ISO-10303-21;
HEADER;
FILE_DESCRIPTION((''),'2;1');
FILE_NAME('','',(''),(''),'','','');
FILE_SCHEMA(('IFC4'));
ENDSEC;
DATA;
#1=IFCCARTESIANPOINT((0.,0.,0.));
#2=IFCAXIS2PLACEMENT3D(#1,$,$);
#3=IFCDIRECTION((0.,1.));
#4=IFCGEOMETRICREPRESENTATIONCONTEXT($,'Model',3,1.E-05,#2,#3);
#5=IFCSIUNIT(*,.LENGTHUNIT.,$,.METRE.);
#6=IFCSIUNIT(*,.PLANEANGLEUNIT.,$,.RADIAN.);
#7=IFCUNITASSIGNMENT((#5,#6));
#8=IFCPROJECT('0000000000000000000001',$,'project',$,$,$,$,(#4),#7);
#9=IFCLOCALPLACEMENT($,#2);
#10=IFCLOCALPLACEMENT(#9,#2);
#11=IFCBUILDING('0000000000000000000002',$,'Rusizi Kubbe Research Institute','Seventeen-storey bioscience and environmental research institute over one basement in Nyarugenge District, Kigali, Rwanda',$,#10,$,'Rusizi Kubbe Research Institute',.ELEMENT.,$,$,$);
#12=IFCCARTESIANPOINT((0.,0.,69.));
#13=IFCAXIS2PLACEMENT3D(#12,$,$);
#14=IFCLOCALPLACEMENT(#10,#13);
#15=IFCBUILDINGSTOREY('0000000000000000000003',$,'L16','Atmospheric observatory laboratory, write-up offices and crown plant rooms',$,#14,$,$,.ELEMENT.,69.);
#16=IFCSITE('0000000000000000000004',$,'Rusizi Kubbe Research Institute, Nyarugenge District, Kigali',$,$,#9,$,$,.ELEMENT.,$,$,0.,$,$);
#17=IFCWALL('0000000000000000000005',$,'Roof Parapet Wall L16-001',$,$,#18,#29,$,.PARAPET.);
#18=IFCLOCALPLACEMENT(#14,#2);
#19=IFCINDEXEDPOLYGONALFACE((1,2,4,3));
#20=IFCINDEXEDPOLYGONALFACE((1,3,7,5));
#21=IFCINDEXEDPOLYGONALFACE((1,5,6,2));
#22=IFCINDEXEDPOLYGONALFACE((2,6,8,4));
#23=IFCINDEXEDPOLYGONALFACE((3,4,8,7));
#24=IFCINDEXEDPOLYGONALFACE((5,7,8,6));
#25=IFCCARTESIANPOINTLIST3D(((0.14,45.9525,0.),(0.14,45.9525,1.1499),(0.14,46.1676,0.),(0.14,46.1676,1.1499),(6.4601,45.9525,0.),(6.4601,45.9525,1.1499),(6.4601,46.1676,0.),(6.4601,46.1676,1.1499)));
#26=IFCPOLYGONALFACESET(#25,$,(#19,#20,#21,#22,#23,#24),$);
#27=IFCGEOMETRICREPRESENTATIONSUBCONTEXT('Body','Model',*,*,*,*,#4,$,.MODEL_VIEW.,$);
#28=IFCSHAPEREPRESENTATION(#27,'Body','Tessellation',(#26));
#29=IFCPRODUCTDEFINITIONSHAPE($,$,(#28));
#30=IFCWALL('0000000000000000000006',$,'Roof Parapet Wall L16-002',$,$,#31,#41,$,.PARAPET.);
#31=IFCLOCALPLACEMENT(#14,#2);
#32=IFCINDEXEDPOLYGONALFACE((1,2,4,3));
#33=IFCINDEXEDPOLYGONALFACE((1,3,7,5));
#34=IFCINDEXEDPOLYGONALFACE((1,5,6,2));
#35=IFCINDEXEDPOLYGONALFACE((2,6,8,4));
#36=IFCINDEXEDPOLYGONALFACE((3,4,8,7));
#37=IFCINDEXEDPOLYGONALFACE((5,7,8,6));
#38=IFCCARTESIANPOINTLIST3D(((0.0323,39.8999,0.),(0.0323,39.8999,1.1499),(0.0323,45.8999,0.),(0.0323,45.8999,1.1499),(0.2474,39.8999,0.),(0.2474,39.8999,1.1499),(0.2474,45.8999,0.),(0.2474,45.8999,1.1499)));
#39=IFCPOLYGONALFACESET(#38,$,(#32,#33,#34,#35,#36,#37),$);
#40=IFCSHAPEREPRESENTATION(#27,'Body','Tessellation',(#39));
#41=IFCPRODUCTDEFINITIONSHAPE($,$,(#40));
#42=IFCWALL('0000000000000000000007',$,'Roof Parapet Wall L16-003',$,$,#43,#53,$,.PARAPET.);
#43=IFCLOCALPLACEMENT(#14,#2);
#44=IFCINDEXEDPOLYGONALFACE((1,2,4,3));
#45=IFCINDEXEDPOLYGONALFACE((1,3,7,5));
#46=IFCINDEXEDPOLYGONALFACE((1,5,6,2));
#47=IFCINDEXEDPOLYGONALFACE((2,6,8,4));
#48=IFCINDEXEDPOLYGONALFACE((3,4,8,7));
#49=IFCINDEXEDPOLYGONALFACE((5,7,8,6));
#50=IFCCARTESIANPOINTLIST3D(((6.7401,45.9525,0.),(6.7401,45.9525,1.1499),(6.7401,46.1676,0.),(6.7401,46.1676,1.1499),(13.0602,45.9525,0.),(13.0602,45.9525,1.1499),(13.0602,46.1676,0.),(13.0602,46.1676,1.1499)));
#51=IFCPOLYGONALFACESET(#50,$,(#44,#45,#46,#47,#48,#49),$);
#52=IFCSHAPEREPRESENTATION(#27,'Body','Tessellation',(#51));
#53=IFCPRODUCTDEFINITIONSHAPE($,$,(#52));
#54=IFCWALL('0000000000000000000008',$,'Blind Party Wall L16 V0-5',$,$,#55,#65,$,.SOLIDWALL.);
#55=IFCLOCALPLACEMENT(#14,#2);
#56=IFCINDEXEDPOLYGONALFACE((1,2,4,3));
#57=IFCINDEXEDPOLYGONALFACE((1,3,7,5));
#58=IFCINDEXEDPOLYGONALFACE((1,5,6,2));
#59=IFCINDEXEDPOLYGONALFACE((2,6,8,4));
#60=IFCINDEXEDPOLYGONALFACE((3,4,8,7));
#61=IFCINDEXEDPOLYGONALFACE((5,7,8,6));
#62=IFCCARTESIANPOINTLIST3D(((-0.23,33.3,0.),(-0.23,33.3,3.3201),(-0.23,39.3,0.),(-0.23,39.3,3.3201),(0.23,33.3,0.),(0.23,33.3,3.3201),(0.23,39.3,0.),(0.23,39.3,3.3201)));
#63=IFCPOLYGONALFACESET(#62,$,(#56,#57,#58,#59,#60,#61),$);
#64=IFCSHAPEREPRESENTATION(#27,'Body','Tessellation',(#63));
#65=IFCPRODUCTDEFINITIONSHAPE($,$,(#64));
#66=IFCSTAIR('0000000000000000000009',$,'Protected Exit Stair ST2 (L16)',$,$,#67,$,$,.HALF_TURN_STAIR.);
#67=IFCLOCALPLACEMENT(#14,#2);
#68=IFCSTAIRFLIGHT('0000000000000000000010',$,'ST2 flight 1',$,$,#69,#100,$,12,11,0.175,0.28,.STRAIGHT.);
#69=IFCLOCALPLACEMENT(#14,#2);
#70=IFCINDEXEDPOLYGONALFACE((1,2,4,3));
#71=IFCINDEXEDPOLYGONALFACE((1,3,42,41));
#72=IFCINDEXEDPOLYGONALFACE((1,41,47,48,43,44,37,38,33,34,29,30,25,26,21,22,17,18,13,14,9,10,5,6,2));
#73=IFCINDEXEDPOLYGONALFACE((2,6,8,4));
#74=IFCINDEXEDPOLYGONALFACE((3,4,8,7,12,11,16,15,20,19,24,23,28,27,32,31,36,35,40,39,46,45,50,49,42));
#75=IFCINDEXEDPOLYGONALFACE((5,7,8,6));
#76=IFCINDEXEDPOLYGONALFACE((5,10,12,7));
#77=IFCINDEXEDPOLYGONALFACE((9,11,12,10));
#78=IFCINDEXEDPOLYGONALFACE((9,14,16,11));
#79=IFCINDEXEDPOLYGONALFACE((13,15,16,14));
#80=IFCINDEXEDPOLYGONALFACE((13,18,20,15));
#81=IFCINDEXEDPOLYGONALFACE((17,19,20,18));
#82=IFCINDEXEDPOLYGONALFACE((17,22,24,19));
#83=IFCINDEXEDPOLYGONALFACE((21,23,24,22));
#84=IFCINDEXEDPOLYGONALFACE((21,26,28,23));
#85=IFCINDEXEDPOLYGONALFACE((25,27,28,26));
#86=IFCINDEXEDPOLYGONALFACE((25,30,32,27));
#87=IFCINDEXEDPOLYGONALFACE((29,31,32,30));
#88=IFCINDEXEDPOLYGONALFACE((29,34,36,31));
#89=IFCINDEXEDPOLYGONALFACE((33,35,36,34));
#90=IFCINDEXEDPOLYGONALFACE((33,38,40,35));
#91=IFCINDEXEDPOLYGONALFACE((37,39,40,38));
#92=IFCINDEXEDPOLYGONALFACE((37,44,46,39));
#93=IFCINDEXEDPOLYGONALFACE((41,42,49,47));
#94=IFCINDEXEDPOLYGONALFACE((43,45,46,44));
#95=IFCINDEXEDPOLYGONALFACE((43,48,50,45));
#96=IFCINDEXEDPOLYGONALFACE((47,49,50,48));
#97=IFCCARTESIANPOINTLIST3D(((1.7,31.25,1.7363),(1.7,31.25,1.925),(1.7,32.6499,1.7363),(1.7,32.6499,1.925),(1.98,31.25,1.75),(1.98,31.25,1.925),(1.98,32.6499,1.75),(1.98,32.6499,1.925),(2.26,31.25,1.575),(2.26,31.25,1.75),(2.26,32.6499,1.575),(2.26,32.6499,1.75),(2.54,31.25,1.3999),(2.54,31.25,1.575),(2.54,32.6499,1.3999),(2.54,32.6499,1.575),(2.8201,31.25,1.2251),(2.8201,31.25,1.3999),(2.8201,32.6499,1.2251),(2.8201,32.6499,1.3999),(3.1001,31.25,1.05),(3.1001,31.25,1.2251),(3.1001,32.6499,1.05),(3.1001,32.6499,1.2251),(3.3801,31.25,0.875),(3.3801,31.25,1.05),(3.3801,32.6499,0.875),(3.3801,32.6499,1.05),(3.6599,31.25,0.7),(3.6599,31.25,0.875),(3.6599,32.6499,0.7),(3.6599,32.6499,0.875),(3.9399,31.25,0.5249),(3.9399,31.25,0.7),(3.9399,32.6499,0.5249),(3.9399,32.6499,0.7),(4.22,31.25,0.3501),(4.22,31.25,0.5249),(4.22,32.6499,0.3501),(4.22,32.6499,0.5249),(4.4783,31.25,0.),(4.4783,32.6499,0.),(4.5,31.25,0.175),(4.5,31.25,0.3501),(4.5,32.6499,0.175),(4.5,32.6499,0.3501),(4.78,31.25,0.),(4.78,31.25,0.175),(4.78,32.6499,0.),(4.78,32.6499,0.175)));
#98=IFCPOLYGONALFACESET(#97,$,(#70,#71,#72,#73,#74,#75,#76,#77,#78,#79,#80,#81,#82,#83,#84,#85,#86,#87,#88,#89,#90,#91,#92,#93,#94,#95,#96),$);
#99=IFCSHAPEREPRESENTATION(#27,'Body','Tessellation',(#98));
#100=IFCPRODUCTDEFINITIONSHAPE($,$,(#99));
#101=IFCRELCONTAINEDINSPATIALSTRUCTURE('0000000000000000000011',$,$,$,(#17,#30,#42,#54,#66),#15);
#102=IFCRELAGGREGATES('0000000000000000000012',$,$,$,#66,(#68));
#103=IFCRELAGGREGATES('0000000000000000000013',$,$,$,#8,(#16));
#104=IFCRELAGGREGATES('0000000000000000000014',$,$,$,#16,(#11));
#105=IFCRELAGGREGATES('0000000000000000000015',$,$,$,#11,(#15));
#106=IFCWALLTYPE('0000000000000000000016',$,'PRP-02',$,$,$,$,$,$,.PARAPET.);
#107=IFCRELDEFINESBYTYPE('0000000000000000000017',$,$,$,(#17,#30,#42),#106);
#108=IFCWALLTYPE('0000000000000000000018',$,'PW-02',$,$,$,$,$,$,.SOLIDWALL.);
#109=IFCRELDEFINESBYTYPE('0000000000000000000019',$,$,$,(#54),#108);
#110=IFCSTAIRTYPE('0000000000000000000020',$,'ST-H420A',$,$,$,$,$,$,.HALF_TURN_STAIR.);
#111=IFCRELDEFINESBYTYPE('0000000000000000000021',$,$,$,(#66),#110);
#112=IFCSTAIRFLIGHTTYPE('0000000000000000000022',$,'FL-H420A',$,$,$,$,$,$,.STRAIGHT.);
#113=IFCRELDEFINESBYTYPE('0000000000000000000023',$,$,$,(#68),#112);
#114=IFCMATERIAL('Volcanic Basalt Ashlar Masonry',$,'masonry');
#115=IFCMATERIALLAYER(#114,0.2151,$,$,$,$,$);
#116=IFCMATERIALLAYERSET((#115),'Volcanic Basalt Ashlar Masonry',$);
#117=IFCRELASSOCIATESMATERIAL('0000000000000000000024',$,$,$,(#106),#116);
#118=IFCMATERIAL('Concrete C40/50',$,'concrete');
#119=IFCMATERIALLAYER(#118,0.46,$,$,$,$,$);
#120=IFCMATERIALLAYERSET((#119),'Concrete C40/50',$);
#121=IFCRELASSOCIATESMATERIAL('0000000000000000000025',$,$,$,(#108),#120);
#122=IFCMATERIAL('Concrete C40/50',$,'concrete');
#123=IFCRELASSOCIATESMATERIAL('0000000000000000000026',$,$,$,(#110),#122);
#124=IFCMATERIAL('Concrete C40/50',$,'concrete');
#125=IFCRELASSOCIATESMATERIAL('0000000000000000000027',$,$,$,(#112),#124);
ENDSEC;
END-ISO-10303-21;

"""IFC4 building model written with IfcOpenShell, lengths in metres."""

from ifc_helpers import new_model, si_unit, direction, frame, frame_2d, origin, place, context, subcontext, project, spatial, polyline, rectangle, outline, extrude, material, layer, layer_set, type_object, element, aggregate, save


model = new_model("IFC4")

# Units and contexts
model_context = context("Model", 3, precision=1e-05, world=origin(), true_north=direction((0.0, 1.0)))
body_context = subcontext(model_context, "Body", "Model", "MODEL_VIEW")
ifc_project = project(units=[si_unit("LENGTHUNIT", "METRE"), si_unit("PLANEANGLEUNIT", "RADIAN")], contexts=[model_context])

# Site, building, storey
site_placement = place(None, origin())
site = spatial("IfcSite", under=ifc_project, at=site_placement, Name="Rusizi Kubbe Research Institute, Nyarugenge District, Kigali", CompositionType="ELEMENT", RefElevation=0.0)
building_placement = place(site_placement, origin())
building = spatial("IfcBuilding", under=site, at=building_placement, Name="Rusizi Kubbe Research Institute", Description="Seventeen-storey bioscience and environmental research institute over one basement in Nyarugenge District, Kigali, Rwanda", LongName="Rusizi Kubbe Research Institute", CompositionType="ELEMENT")
storey_placement = place(building_placement, frame((0.0, 0.0, 69.0)))
storey = spatial("IfcBuildingStorey", under=building, at=storey_placement, Name="L16", Description="Atmospheric observatory laboratory, write-up offices and crown plant rooms", CompositionType="ELEMENT", Elevation=69.0)

# Walls
ifc_material_1 = material(Name="Volcanic Basalt Ashlar Masonry", Category="masonry")
ifc_layer_1 = layer(ifc_material_1, 0.2151)
ifc_layer_set_1 = layer_set([ifc_layer_1], Name="Volcanic Basalt Ashlar Masonry")
wall_type_1 = type_object("IfcWallType", Name="PRP-02", PredefinedType="PARAPET", material=ifc_layer_set_1)
wall_1_placement = place(storey_placement, frame((0.1399, 46.0601, 0.0), z_axis=(0.0, 0.0, 1.0), x_axis=(1.0, 0.0, 0.0)))
element("IfcWall", 1, at=wall_1_placement, inside=storey, type_object=wall_type_1, Name="Roof Parapet Wall L16-001", PredefinedType="PARAPET", context=body_context, shape_type="SweptSolid", body=[
    extrude(rectangle(XDim=6.3201, YDim=0.2151, at=frame_2d((3.1602, 0.0))), origin(), (0.0, 0.0, 1.0), 1.1499),
])
wall_2_placement = place(storey_placement, frame((0.1399, 39.8999, 0.0), z_axis=(0.0, 0.0, 1.0), x_axis=(0.0, 1.0, 0.0)))
element("IfcWall", 2, at=wall_2_placement, inside=storey, type_object=wall_type_1, Name="Roof Parapet Wall L16-002", PredefinedType="PARAPET", context=body_context, shape_type="SweptSolid", body=[
    extrude(rectangle(XDim=6.0, YDim=0.2151, at=frame_2d((3.0, 0.0))), origin(), (0.0, 0.0, 1.0), 1.1499),
])
wall_3_placement = place(storey_placement, frame((6.74, 46.0601, 0.0), z_axis=(0.0, 0.0, 1.0), x_axis=(1.0, 0.0, 0.0)))
element("IfcWall", 3, at=wall_3_placement, inside=storey, type_object=wall_type_1, Name="Roof Parapet Wall L16-003", PredefinedType="PARAPET", context=body_context, shape_type="SweptSolid", body=[
    extrude(rectangle(XDim=6.3201, YDim=0.2151, at=frame_2d((3.1602, 0.0))), origin(), (0.0, 0.0, 1.0), 1.1499),
])
ifc_material_2 = material(Name="Concrete C40/50", Category="concrete")
ifc_layer_2 = layer(ifc_material_2, 0.46)
ifc_layer_set_2 = layer_set([ifc_layer_2], Name="Concrete C40/50")
wall_type_2 = type_object("IfcWallType", Name="PW-02", PredefinedType="SOLIDWALL", material=ifc_layer_set_2)
wall_4_placement = place(storey_placement, frame((0.0, 33.3, 0.0), z_axis=(0.0, 0.0, 1.0), x_axis=(0.0, 1.0, 0.0)))
element("IfcWall", 4, at=wall_4_placement, inside=storey, type_object=wall_type_2, Name="Blind Party Wall L16 V0-5", PredefinedType="SOLIDWALL", context=body_context, shape_type="SweptSolid", body=[
    extrude(rectangle(XDim=6.0, YDim=0.46, at=frame_2d((3.0, 0.0))), origin(), (0.0, 0.0, 1.0), 3.3201),
])

# Stair, stair flight
ifc_material_3 = material(Name="Concrete C40/50", Category="concrete")
stair_type = type_object("IfcStairType", Name="ST-H420A", PredefinedType="HALF_TURN_STAIR", material=ifc_material_3)
stair_placement = place(storey_placement, origin())
stair = element("IfcStair", 5, at=stair_placement, inside=storey, type_object=stair_type, Name="Protected Exit Stair ST2 (L16)", PredefinedType="HALF_TURN_STAIR")
ifc_material_4 = material(Name="Concrete C40/50", Category="concrete")
stair_flight_type = type_object("IfcStairFlightType", Name="FL-H420A", PredefinedType="STRAIGHT", material=ifc_material_4)
stair_flight_placement = place(storey_placement, frame((4.78, 31.95, 0.0), z_axis=(0.0, 0.0, 1.0), x_axis=(-1.0, 0.0, 0.0)))
stair_flight = element("IfcStairFlight", 6, at=stair_flight_placement, type_object=stair_flight_type, Name="ST2 flight 1", NumberOfRisers=12, NumberOfTreads=11, PredefinedType="STRAIGHT", RiserHeight=0.175, TreadLength=0.28, context=body_context, shape_type="SweptSolid", body=[
    extrude(outline(polyline([(0.0, 0.0), (0.0, 0.175), (0.28, 0.175), (0.28, 0.3501), (0.5601, 0.3501), (0.5601, 0.5249), (0.8401, 0.5249), (0.8401, 0.7), (1.1201, 0.7), (1.1201, 0.875), (1.3999, 0.875), (1.3999, 1.05), (1.6799, 1.05), (1.6799, 1.2251), (1.96, 1.2251), (1.96, 1.3999), (2.24, 1.3999), (2.24, 1.575), (2.52, 1.575), (2.52, 1.75), (2.8, 1.75), (2.8, 1.925), (3.0801, 1.925), (3.0801, 2.1001), (3.0801, 1.7363), (0.3018, 0.0), (0.0, 0.0)])), frame((0.0, 0.7, 0.0), z_axis=(0.0, -1.0, 0.0), x_axis=(1.0, 0.0, 0.0)), (0.0, 0.0, 1.0), 1.3999),
])
aggregate(stair, [stair_flight])

save(model, "model.ifc")
